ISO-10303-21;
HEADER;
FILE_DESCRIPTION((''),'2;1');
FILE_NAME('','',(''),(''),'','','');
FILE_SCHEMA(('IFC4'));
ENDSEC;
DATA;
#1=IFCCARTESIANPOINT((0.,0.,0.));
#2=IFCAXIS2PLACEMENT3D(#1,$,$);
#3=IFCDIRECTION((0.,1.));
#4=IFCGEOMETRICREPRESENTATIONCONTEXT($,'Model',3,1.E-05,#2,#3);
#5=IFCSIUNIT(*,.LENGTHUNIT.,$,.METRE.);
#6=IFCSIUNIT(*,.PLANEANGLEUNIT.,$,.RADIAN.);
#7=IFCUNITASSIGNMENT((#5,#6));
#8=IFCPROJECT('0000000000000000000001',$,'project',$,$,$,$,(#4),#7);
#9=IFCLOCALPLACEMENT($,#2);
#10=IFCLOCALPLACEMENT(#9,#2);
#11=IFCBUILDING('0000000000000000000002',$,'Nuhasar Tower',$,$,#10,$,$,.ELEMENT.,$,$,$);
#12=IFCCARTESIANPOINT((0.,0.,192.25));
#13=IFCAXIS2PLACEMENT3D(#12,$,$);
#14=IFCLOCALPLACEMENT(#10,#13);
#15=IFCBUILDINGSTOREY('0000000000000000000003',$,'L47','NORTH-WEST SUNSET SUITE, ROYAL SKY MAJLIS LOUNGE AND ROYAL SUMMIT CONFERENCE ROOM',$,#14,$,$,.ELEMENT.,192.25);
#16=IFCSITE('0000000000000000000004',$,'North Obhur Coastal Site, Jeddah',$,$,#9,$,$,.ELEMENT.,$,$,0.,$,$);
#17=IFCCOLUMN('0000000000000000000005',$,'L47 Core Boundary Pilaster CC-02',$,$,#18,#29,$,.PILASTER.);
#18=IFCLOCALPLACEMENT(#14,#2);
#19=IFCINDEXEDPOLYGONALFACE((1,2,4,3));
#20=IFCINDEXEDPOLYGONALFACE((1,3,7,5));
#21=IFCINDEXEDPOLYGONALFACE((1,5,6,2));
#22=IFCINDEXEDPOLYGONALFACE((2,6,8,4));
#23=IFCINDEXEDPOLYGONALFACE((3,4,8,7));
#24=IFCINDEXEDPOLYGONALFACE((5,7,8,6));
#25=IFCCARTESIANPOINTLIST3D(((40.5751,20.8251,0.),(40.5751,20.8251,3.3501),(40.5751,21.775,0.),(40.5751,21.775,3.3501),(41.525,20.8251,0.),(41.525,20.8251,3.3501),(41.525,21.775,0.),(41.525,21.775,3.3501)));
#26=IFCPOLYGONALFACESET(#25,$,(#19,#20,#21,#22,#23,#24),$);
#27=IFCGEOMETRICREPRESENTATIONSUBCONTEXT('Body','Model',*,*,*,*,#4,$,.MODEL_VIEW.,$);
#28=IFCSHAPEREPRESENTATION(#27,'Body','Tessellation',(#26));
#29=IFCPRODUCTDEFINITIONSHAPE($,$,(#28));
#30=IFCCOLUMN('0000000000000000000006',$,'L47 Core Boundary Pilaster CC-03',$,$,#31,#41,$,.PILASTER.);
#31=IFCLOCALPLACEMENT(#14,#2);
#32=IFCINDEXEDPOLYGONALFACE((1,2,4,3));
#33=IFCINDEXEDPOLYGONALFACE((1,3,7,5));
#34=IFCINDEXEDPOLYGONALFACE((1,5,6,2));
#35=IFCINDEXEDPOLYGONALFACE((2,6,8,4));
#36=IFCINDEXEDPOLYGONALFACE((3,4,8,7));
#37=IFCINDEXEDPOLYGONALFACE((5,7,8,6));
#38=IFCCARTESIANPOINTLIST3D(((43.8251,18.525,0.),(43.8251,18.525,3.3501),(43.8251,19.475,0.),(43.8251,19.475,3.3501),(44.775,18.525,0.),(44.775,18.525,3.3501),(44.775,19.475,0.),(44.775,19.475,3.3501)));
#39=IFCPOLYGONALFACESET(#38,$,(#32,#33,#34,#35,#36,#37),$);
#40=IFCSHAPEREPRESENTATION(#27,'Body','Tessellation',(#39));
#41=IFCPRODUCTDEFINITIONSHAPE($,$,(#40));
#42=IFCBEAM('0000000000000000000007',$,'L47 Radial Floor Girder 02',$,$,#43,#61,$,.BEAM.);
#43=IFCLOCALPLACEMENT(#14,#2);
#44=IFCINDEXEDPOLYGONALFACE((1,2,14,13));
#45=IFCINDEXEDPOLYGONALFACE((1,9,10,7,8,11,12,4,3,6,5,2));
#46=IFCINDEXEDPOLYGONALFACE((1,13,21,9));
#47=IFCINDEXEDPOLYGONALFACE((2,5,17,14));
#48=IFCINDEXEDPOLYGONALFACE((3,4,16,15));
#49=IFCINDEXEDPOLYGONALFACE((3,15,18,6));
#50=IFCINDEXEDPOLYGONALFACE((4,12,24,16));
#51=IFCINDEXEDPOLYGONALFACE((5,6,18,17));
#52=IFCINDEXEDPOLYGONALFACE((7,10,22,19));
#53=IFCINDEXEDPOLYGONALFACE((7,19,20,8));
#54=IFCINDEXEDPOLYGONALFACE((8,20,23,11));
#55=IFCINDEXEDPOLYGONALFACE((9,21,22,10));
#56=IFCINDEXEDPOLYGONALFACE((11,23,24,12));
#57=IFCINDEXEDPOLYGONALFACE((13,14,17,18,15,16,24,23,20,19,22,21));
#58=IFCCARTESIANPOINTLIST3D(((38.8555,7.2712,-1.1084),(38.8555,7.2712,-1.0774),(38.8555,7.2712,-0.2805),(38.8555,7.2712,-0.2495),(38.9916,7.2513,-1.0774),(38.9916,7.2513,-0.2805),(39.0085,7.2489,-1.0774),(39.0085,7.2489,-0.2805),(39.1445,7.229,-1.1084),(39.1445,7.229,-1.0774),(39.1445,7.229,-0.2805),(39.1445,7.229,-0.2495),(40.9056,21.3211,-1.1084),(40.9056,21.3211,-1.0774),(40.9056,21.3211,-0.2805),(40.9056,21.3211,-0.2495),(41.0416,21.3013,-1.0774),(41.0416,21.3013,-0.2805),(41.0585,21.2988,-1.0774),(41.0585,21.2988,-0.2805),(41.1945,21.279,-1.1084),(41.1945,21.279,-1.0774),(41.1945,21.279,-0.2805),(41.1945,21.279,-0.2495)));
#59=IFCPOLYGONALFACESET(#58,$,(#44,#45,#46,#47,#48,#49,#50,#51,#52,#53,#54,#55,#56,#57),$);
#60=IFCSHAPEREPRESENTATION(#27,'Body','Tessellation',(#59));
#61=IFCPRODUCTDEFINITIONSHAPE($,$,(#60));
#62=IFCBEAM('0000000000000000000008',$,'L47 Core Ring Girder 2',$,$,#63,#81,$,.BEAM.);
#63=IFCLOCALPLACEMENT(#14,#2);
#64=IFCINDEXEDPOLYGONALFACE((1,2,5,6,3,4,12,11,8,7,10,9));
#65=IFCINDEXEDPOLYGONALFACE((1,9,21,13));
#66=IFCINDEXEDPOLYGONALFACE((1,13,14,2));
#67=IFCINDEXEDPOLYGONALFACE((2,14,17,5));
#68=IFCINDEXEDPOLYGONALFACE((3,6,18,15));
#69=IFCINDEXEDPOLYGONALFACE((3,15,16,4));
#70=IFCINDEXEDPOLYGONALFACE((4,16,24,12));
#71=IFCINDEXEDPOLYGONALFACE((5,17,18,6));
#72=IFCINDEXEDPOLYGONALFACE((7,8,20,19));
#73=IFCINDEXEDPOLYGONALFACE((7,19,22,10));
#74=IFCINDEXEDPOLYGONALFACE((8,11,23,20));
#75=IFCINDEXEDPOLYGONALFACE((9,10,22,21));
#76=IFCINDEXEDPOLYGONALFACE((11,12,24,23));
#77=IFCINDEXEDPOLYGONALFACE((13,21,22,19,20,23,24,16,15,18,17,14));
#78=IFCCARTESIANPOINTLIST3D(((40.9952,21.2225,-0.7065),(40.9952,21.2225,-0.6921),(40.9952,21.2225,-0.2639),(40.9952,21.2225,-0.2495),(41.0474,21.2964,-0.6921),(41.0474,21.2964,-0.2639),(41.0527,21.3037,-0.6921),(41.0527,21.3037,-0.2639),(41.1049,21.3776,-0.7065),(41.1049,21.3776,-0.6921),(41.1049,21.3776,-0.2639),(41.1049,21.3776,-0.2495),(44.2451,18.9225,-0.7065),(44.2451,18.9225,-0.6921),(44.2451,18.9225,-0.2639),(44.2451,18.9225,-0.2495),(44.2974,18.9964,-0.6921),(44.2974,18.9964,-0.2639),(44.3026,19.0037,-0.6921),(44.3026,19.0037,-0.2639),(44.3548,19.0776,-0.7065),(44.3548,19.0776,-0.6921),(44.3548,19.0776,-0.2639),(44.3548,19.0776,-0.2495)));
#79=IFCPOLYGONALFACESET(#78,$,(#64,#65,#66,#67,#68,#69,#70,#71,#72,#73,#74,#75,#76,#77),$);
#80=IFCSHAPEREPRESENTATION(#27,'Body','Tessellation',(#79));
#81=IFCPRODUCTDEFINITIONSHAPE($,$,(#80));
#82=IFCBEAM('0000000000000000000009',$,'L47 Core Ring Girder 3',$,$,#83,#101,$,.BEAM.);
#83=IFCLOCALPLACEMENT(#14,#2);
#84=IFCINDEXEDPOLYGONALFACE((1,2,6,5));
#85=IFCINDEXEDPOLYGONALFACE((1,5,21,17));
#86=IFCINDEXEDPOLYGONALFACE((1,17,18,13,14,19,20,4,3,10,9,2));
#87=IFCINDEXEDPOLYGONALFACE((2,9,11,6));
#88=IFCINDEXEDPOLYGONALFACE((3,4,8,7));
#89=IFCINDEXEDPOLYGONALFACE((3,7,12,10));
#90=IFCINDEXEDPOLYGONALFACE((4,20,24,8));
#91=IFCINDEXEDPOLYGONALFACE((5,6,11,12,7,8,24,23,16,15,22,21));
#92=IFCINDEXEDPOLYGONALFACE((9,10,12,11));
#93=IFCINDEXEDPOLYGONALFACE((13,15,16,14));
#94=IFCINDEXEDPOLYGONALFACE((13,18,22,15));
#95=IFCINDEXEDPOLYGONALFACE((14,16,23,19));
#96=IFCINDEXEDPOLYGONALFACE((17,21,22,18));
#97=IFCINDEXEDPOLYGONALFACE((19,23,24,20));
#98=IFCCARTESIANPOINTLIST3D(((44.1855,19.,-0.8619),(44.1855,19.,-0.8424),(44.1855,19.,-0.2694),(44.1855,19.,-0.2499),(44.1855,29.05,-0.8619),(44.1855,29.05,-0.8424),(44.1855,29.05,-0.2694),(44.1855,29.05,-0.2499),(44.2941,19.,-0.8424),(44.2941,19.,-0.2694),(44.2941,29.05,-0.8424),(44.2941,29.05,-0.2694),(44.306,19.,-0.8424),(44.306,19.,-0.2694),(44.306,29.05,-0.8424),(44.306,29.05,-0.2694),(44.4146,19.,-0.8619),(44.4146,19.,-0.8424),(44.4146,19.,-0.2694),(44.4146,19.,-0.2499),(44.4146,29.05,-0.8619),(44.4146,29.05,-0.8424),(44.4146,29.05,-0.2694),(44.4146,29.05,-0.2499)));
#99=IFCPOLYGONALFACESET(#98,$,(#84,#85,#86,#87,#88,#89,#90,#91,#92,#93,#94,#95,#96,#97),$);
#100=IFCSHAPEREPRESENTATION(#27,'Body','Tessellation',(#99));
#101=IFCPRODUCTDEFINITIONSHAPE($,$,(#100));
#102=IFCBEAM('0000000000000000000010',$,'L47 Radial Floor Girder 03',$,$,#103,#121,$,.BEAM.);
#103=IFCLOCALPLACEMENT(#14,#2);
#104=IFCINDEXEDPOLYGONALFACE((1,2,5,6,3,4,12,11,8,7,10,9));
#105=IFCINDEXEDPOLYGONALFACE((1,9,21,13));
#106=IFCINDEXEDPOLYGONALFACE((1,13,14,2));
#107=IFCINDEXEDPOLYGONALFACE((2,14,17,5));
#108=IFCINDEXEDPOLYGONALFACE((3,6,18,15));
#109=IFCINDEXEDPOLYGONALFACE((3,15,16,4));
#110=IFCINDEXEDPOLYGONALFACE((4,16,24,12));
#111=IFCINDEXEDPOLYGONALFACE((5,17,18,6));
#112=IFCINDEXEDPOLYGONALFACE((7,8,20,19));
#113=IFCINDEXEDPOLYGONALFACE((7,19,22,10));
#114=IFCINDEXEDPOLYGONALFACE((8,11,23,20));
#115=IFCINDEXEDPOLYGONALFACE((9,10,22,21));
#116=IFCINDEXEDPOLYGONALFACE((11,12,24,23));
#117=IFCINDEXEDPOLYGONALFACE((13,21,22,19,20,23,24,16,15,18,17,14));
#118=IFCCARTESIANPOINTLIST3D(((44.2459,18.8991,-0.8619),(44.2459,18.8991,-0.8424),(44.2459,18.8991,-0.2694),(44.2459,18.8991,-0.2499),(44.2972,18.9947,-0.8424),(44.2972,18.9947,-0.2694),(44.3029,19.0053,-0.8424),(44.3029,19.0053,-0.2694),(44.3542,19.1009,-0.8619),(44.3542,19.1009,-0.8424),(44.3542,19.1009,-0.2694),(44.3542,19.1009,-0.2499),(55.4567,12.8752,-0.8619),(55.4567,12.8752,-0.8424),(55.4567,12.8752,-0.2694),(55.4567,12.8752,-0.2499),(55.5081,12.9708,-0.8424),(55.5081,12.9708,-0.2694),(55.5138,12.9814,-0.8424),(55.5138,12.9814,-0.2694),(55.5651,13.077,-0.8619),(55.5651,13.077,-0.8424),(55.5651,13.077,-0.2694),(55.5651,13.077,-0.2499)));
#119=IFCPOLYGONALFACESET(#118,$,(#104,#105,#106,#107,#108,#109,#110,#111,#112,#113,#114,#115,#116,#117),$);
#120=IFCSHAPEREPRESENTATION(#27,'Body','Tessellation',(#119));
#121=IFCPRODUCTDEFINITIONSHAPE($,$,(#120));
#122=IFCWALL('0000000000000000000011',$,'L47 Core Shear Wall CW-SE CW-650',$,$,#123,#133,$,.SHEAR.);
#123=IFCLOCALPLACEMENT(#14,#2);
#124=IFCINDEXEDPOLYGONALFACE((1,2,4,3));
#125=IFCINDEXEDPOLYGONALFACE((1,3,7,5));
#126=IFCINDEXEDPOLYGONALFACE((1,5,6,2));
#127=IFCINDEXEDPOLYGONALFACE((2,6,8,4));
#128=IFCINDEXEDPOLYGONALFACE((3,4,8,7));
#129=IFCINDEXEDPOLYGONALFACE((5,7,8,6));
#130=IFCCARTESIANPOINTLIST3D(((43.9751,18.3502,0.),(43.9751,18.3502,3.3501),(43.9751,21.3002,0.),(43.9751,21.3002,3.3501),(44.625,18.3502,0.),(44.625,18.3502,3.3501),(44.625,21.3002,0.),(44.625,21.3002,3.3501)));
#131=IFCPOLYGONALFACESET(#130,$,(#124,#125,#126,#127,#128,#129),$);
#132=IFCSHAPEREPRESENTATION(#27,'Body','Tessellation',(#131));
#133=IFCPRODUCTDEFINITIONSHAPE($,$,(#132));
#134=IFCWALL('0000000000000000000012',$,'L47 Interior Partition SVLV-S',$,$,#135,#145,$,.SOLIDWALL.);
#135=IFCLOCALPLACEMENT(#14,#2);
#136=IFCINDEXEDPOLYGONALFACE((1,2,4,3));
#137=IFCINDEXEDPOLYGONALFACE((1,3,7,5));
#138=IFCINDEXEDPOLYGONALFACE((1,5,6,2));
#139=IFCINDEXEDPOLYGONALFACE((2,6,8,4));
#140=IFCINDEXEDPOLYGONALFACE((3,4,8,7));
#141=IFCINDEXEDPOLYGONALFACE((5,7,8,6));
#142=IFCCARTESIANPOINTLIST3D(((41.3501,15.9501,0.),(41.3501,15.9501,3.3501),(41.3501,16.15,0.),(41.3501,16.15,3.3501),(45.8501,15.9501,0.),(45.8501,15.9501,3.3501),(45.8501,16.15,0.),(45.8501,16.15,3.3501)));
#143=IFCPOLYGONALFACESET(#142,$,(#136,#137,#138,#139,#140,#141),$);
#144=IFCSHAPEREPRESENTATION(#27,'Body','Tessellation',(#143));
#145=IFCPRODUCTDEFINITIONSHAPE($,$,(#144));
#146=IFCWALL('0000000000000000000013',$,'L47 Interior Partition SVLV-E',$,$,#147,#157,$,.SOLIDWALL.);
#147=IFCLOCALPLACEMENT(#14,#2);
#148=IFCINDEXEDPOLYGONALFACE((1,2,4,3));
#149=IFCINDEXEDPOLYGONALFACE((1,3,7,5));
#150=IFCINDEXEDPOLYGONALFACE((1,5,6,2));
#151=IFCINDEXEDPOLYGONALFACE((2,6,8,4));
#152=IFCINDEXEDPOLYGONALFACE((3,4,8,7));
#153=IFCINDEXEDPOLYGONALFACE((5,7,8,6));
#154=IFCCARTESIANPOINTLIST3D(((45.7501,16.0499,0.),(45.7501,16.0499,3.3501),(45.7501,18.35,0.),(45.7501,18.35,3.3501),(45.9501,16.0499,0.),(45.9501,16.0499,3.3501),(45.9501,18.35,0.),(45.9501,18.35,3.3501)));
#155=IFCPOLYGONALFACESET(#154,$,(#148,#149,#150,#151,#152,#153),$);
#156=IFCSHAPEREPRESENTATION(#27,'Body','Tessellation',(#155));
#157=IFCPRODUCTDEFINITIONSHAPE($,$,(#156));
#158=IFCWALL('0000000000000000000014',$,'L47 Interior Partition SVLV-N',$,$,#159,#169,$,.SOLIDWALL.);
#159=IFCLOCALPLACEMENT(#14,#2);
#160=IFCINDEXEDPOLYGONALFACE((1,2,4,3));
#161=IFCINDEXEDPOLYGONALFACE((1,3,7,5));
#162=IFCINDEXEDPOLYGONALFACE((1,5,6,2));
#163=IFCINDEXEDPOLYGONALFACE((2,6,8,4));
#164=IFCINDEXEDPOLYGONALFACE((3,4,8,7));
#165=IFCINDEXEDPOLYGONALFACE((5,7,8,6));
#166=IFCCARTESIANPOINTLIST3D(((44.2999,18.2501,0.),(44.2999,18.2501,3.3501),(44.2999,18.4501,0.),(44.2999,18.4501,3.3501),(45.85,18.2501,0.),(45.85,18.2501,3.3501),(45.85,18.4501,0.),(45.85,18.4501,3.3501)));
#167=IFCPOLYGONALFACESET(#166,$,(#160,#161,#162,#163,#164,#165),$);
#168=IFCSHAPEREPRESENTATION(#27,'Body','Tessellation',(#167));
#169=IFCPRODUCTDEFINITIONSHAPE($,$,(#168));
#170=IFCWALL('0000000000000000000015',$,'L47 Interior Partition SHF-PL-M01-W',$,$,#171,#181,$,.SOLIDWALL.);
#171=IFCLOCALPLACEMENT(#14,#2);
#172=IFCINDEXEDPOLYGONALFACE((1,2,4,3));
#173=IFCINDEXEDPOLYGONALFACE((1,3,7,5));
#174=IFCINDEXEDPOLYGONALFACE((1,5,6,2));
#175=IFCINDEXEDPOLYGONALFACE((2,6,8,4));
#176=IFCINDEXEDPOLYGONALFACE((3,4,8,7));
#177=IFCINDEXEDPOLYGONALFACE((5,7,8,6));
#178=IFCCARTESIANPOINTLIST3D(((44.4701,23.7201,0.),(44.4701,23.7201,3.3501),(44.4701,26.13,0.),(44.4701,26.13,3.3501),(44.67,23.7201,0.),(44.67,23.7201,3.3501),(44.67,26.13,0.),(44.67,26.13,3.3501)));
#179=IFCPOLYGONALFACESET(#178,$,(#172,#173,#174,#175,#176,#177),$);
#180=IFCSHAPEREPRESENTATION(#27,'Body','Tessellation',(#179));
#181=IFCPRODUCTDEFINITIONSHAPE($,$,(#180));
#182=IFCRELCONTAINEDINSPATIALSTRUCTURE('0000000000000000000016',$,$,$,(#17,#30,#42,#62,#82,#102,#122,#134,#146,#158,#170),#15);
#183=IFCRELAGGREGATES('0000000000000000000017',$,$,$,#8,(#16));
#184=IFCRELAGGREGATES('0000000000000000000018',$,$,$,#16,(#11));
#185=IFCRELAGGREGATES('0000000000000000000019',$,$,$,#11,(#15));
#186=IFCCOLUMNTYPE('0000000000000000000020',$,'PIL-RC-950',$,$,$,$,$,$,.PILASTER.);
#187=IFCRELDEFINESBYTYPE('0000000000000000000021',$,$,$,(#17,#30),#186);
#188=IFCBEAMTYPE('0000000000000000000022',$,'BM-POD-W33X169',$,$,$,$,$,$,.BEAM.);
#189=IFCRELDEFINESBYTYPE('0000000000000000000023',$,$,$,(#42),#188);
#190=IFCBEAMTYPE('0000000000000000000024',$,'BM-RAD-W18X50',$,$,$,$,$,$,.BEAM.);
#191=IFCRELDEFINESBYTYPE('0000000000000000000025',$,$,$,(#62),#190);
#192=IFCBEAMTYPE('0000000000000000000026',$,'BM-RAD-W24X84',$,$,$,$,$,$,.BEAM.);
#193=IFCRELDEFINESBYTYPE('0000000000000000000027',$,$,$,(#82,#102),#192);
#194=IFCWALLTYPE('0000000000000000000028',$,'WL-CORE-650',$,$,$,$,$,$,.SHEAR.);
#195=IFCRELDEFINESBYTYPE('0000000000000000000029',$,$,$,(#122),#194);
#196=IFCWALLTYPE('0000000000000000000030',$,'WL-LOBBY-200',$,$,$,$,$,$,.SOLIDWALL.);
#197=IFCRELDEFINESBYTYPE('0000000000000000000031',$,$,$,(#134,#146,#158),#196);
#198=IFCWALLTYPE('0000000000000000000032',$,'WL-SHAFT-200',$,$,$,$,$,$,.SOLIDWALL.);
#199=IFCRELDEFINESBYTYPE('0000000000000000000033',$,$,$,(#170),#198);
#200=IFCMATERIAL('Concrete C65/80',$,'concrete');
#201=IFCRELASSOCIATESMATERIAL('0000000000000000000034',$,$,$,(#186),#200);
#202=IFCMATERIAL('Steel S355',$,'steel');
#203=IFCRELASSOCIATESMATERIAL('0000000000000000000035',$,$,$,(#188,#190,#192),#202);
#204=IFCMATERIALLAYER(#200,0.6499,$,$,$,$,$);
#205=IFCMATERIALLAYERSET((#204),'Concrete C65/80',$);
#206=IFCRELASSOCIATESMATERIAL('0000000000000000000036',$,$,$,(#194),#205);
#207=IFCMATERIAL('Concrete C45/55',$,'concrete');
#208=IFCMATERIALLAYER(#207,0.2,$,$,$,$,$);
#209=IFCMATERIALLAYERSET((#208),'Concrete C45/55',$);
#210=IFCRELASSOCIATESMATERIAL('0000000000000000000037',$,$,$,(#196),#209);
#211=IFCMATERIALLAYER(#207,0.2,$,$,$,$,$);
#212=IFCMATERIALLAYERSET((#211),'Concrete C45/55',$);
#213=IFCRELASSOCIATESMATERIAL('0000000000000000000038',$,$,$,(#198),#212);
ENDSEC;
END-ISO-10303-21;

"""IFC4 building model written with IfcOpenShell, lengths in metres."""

from ifc_helpers import new_model, si_unit, direction, frame, frame_2d, origin, origin_2d, place, context, subcontext, project, spatial, rectangle, i_section, extrude, material, layer, layer_set, material_profile, profile_set, type_object, element, save


model = new_model("IFC4")

# Units and contexts
model_context = context("Model", 3, precision=1e-05, world=origin(), true_north=direction((0.0, 1.0)))
body_context = subcontext(model_context, "Body", "Model", "MODEL_VIEW")
ifc_project = project(units=[si_unit("LENGTHUNIT", "METRE"), si_unit("PLANEANGLEUNIT", "RADIAN")], contexts=[model_context])

# Site, building, storey
site_placement = place(None, origin())
site = spatial("IfcSite", under=ifc_project, at=site_placement, Name="North Obhur Coastal Site, Jeddah", CompositionType="ELEMENT", RefElevation=0.0)
building_placement = place(site_placement, origin())
building = spatial("IfcBuilding", under=site, at=building_placement, Name="Nuhasar Tower", CompositionType="ELEMENT")
storey_placement = place(building_placement, frame((0.0, 0.0, 192.25)))
storey = spatial("IfcBuildingStorey", under=building, at=storey_placement, Name="L47", Description="NORTH-WEST SUNSET SUITE, ROYAL SKY MAJLIS LOUNGE AND ROYAL SUMMIT CONFERENCE ROOM", CompositionType="ELEMENT", Elevation=192.25)

# Columns
ifc_material_1 = material(Name="Concrete C65/80", Category="concrete")
ifc_material_profile_1 = material_profile(ifc_material_1, rectangle(XDim=0.95, YDim=0.95, at=origin_2d()), Name="RC950X950")
ifc_profile_set_1 = profile_set([ifc_material_profile_1], Name="Concrete C65/80")
column_type = type_object("IfcColumnType", Name="PIL-RC-950", PredefinedType="PILASTER", material=ifc_profile_set_1)
for number, where, z_axis, x_axis, name in (
    (1, (41.05, 21.3, 0.0), (0.0, 0.0, 1.0), (1.0, 0.0, 0.0), "L47 Core Boundary Pilaster CC-02"),
    (2, (44.3, 19.0, 0.0), (0.0, 0.0, 1.0), (1.0, 0.0, 0.0), "L47 Core Boundary Pilaster CC-03"),
):
    element("IfcColumn", number, at=place(storey_placement, frame(where, z_axis=z_axis, x_axis=x_axis)), inside=storey, type_object=column_type, Name=name, PredefinedType="PILASTER", context=body_context, shape_type="SweptSolid", body=[
        extrude(rectangle(XDim=0.95, YDim=0.95, at=origin_2d()), origin(), (0.0, 0.0, 1.0), 3.3501),
    ])

# Beams
ifc_material_2 = material(Name="Steel S355", Category="steel")
ifc_material_profile_2 = material_profile(ifc_material_2, i_section(OverallWidth=0.292, OverallDepth=0.8589, WebThickness=0.0171, FlangeThickness=0.031, at=origin_2d()), Name="W33X169")
ifc_profile_set_2 = profile_set([ifc_material_profile_2], Name="Steel S355")
beam_type_1 = type_object("IfcBeamType", Name="BM-POD-W33X169", PredefinedType="BEAM", material=ifc_profile_set_2)
beam_1_placement = place(storey_placement, frame((41.05, 21.3, -0.679), z_axis=(-0.144382, -0.989522, 0.0), x_axis=(0.989522, -0.144382, 0.0)))
element("IfcBeam", 3, at=beam_1_placement, inside=storey, type_object=beam_type_1, Name="L47 Radial Floor Girder 02", PredefinedType="BEAM", context=body_context, shape_type="SweptSolid", body=[
    extrude(i_section(OverallWidth=0.292, OverallDepth=0.8589, WebThickness=0.0171, FlangeThickness=0.031, at=origin_2d()), origin(), (0.0, 0.0, 1.0), 14.1987),
])
ifc_material_profile_3 = material_profile(ifc_material_2, i_section(OverallWidth=0.1899, OverallDepth=0.457, WebThickness=0.009, FlangeThickness=0.0144, at=origin_2d()), Name="W18X50")
ifc_profile_set_3 = profile_set([ifc_material_profile_3], Name="Steel S355")
beam_type_2 = type_object("IfcBeamType", Name="BM-RAD-W18X50", PredefinedType="BEAM", material=ifc_profile_set_3)
beam_2_placement = place(storey_placement, frame((41.05, 21.3, -0.478), z_axis=(0.816265, -0.577677, 0.0), x_axis=(0.577677, 0.816265, 0.0)))
element("IfcBeam", 4, at=beam_2_placement, inside=storey, type_object=beam_type_2, Name="L47 Core Ring Girder 2", PredefinedType="BEAM", context=body_context, shape_type="SweptSolid", body=[
    extrude(i_section(OverallWidth=0.1899, OverallDepth=0.457, WebThickness=0.009, FlangeThickness=0.0144, at=origin_2d()), origin(), (0.0, 0.0, 1.0), 3.9814),
])
ifc_material_profile_4 = material_profile(ifc_material_2, i_section(OverallWidth=0.229, OverallDepth=0.6121, WebThickness=0.012, FlangeThickness=0.0195, at=origin_2d()), Name="W24X84")
ifc_profile_set_4 = profile_set([ifc_material_profile_4], Name="Steel S355")
beam_type_3 = type_object("IfcBeamType", Name="BM-RAD-W24X84", PredefinedType="BEAM", material=ifc_profile_set_4)
beam_3_placement = place(storey_placement, frame((44.3, 19.0, -0.5559), z_axis=(0.0, 1.0, 0.0), x_axis=(-1.0, 0.0, 0.0)))
element("IfcBeam", 5, at=beam_3_placement, inside=storey, type_object=beam_type_3, Name="L47 Core Ring Girder 3", PredefinedType="BEAM", context=body_context, shape_type="SweptSolid", body=[
    extrude(i_section(OverallWidth=0.229, OverallDepth=0.6121, WebThickness=0.012, FlangeThickness=0.0195, at=origin_2d()), origin(), (0.0, 0.0, 1.0), 10.05),
])
beam_4_placement = place(storey_placement, frame((44.3, 19.0, -0.5559), z_axis=(0.880888, -0.473324, 0.0), x_axis=(0.473324, 0.880888, 0.0)))
element("IfcBeam", 6, at=beam_4_placement, inside=storey, type_object=beam_type_3, Name="L47 Radial Floor Girder 03", PredefinedType="BEAM", context=body_context, shape_type="SweptSolid", body=[
    extrude(i_section(OverallWidth=0.229, OverallDepth=0.6121, WebThickness=0.012, FlangeThickness=0.0195, at=origin_2d()), origin(), (0.0, 0.0, 1.0), 12.7268),
])

# Wall
ifc_layer_1 = layer(ifc_material_1, 0.6499)
ifc_layer_set_1 = layer_set([ifc_layer_1], Name="Concrete C65/80")
wall_type_1 = type_object("IfcWallType", Name="WL-CORE-650", PredefinedType="SHEAR", material=ifc_layer_set_1)
wall_1_placement = place(storey_placement, frame((44.3, 18.3501, 0.0), z_axis=(0.0, 0.0, 1.0), x_axis=(0.0, 1.0, 0.0)))
element("IfcWall", 7, at=wall_1_placement, inside=storey, type_object=wall_type_1, Name="L47 Core Shear Wall CW-SE CW-650", PredefinedType="SHEAR", context=body_context, shape_type="SweptSolid", body=[
    extrude(rectangle(XDim=2.95, YDim=0.6499, at=frame_2d((1.4751, 0.0))), origin(), (0.0, 0.0, 1.0), 3.3501),
])

# Shared definitions
ifc_material_3 = material(Name="Concrete C45/55", Category="concrete")
ifc_layer_2 = layer(ifc_material_3, 0.2)
ifc_layer_set_2 = layer_set([ifc_layer_2], Name="Concrete C45/55")
wall_type_2 = type_object("IfcWallType", Name="WL-LOBBY-200", PredefinedType="SOLIDWALL", material=ifc_layer_set_2)

# Walls
wall_2_placement = place(storey_placement, frame((41.3501, 16.05, 0.0), z_axis=(0.0, 0.0, 1.0), x_axis=(1.0, 0.0, 0.0)))
element("IfcWall", 8, at=wall_2_placement, inside=storey, type_object=wall_type_2, Name="L47 Interior Partition SVLV-S", PredefinedType="SOLIDWALL", context=body_context, shape_type="SweptSolid", body=[
    extrude(rectangle(XDim=4.5, YDim=0.2, at=frame_2d((2.25, 0.0))), origin(), (0.0, 0.0, 1.0), 3.3501),
])
wall_3_placement = place(storey_placement, frame((45.8501, 16.05, 0.0), z_axis=(0.0, 0.0, 1.0), x_axis=(0.0, 1.0, 0.0)))
element("IfcWall", 9, at=wall_3_placement, inside=storey, type_object=wall_type_2, Name="L47 Interior Partition SVLV-E", PredefinedType="SOLIDWALL", context=body_context, shape_type="SweptSolid", body=[
    extrude(rectangle(XDim=2.3, YDim=0.2, at=frame_2d((1.1499, 0.0))), origin(), (0.0, 0.0, 1.0), 3.3501),
])
wall_4_placement = place(storey_placement, frame((44.3, 18.3501, 0.0), z_axis=(0.0, 0.0, 1.0), x_axis=(1.0, 0.0, 0.0)))
element("IfcWall", 10, at=wall_4_placement, inside=storey, type_object=wall_type_2, Name="L47 Interior Partition SVLV-N", PredefinedType="SOLIDWALL", context=body_context, shape_type="SweptSolid", body=[
    extrude(rectangle(XDim=1.55, YDim=0.2, at=frame_2d((0.7749, 0.0))), origin(), (0.0, 0.0, 1.0), 3.3501),
])

# Shared definitions
ifc_layer_3 = layer(ifc_material_3, 0.2)
ifc_layer_set_3 = layer_set([ifc_layer_3], Name="Concrete C45/55")
wall_type_3 = type_object("IfcWallType", Name="WL-SHAFT-200", PredefinedType="SOLIDWALL", material=ifc_layer_set_3)

# Wall
wall_5_placement = place(storey_placement, frame((44.5701, 23.72, 0.0), z_axis=(0.0, 0.0, 1.0), x_axis=(0.0, 1.0, 0.0)))
element("IfcWall", 11, at=wall_5_placement, inside=storey, type_object=wall_type_3, Name="L47 Interior Partition SHF-PL-M01-W", PredefinedType="SOLIDWALL", context=body_context, shape_type="SweptSolid", body=[
    extrude(rectangle(XDim=2.4099, YDim=0.2, at=frame_2d((1.2051, 0.0))), origin(), (0.0, 0.0, 1.0), 3.3501),
])

save(model, "model.ifc")
